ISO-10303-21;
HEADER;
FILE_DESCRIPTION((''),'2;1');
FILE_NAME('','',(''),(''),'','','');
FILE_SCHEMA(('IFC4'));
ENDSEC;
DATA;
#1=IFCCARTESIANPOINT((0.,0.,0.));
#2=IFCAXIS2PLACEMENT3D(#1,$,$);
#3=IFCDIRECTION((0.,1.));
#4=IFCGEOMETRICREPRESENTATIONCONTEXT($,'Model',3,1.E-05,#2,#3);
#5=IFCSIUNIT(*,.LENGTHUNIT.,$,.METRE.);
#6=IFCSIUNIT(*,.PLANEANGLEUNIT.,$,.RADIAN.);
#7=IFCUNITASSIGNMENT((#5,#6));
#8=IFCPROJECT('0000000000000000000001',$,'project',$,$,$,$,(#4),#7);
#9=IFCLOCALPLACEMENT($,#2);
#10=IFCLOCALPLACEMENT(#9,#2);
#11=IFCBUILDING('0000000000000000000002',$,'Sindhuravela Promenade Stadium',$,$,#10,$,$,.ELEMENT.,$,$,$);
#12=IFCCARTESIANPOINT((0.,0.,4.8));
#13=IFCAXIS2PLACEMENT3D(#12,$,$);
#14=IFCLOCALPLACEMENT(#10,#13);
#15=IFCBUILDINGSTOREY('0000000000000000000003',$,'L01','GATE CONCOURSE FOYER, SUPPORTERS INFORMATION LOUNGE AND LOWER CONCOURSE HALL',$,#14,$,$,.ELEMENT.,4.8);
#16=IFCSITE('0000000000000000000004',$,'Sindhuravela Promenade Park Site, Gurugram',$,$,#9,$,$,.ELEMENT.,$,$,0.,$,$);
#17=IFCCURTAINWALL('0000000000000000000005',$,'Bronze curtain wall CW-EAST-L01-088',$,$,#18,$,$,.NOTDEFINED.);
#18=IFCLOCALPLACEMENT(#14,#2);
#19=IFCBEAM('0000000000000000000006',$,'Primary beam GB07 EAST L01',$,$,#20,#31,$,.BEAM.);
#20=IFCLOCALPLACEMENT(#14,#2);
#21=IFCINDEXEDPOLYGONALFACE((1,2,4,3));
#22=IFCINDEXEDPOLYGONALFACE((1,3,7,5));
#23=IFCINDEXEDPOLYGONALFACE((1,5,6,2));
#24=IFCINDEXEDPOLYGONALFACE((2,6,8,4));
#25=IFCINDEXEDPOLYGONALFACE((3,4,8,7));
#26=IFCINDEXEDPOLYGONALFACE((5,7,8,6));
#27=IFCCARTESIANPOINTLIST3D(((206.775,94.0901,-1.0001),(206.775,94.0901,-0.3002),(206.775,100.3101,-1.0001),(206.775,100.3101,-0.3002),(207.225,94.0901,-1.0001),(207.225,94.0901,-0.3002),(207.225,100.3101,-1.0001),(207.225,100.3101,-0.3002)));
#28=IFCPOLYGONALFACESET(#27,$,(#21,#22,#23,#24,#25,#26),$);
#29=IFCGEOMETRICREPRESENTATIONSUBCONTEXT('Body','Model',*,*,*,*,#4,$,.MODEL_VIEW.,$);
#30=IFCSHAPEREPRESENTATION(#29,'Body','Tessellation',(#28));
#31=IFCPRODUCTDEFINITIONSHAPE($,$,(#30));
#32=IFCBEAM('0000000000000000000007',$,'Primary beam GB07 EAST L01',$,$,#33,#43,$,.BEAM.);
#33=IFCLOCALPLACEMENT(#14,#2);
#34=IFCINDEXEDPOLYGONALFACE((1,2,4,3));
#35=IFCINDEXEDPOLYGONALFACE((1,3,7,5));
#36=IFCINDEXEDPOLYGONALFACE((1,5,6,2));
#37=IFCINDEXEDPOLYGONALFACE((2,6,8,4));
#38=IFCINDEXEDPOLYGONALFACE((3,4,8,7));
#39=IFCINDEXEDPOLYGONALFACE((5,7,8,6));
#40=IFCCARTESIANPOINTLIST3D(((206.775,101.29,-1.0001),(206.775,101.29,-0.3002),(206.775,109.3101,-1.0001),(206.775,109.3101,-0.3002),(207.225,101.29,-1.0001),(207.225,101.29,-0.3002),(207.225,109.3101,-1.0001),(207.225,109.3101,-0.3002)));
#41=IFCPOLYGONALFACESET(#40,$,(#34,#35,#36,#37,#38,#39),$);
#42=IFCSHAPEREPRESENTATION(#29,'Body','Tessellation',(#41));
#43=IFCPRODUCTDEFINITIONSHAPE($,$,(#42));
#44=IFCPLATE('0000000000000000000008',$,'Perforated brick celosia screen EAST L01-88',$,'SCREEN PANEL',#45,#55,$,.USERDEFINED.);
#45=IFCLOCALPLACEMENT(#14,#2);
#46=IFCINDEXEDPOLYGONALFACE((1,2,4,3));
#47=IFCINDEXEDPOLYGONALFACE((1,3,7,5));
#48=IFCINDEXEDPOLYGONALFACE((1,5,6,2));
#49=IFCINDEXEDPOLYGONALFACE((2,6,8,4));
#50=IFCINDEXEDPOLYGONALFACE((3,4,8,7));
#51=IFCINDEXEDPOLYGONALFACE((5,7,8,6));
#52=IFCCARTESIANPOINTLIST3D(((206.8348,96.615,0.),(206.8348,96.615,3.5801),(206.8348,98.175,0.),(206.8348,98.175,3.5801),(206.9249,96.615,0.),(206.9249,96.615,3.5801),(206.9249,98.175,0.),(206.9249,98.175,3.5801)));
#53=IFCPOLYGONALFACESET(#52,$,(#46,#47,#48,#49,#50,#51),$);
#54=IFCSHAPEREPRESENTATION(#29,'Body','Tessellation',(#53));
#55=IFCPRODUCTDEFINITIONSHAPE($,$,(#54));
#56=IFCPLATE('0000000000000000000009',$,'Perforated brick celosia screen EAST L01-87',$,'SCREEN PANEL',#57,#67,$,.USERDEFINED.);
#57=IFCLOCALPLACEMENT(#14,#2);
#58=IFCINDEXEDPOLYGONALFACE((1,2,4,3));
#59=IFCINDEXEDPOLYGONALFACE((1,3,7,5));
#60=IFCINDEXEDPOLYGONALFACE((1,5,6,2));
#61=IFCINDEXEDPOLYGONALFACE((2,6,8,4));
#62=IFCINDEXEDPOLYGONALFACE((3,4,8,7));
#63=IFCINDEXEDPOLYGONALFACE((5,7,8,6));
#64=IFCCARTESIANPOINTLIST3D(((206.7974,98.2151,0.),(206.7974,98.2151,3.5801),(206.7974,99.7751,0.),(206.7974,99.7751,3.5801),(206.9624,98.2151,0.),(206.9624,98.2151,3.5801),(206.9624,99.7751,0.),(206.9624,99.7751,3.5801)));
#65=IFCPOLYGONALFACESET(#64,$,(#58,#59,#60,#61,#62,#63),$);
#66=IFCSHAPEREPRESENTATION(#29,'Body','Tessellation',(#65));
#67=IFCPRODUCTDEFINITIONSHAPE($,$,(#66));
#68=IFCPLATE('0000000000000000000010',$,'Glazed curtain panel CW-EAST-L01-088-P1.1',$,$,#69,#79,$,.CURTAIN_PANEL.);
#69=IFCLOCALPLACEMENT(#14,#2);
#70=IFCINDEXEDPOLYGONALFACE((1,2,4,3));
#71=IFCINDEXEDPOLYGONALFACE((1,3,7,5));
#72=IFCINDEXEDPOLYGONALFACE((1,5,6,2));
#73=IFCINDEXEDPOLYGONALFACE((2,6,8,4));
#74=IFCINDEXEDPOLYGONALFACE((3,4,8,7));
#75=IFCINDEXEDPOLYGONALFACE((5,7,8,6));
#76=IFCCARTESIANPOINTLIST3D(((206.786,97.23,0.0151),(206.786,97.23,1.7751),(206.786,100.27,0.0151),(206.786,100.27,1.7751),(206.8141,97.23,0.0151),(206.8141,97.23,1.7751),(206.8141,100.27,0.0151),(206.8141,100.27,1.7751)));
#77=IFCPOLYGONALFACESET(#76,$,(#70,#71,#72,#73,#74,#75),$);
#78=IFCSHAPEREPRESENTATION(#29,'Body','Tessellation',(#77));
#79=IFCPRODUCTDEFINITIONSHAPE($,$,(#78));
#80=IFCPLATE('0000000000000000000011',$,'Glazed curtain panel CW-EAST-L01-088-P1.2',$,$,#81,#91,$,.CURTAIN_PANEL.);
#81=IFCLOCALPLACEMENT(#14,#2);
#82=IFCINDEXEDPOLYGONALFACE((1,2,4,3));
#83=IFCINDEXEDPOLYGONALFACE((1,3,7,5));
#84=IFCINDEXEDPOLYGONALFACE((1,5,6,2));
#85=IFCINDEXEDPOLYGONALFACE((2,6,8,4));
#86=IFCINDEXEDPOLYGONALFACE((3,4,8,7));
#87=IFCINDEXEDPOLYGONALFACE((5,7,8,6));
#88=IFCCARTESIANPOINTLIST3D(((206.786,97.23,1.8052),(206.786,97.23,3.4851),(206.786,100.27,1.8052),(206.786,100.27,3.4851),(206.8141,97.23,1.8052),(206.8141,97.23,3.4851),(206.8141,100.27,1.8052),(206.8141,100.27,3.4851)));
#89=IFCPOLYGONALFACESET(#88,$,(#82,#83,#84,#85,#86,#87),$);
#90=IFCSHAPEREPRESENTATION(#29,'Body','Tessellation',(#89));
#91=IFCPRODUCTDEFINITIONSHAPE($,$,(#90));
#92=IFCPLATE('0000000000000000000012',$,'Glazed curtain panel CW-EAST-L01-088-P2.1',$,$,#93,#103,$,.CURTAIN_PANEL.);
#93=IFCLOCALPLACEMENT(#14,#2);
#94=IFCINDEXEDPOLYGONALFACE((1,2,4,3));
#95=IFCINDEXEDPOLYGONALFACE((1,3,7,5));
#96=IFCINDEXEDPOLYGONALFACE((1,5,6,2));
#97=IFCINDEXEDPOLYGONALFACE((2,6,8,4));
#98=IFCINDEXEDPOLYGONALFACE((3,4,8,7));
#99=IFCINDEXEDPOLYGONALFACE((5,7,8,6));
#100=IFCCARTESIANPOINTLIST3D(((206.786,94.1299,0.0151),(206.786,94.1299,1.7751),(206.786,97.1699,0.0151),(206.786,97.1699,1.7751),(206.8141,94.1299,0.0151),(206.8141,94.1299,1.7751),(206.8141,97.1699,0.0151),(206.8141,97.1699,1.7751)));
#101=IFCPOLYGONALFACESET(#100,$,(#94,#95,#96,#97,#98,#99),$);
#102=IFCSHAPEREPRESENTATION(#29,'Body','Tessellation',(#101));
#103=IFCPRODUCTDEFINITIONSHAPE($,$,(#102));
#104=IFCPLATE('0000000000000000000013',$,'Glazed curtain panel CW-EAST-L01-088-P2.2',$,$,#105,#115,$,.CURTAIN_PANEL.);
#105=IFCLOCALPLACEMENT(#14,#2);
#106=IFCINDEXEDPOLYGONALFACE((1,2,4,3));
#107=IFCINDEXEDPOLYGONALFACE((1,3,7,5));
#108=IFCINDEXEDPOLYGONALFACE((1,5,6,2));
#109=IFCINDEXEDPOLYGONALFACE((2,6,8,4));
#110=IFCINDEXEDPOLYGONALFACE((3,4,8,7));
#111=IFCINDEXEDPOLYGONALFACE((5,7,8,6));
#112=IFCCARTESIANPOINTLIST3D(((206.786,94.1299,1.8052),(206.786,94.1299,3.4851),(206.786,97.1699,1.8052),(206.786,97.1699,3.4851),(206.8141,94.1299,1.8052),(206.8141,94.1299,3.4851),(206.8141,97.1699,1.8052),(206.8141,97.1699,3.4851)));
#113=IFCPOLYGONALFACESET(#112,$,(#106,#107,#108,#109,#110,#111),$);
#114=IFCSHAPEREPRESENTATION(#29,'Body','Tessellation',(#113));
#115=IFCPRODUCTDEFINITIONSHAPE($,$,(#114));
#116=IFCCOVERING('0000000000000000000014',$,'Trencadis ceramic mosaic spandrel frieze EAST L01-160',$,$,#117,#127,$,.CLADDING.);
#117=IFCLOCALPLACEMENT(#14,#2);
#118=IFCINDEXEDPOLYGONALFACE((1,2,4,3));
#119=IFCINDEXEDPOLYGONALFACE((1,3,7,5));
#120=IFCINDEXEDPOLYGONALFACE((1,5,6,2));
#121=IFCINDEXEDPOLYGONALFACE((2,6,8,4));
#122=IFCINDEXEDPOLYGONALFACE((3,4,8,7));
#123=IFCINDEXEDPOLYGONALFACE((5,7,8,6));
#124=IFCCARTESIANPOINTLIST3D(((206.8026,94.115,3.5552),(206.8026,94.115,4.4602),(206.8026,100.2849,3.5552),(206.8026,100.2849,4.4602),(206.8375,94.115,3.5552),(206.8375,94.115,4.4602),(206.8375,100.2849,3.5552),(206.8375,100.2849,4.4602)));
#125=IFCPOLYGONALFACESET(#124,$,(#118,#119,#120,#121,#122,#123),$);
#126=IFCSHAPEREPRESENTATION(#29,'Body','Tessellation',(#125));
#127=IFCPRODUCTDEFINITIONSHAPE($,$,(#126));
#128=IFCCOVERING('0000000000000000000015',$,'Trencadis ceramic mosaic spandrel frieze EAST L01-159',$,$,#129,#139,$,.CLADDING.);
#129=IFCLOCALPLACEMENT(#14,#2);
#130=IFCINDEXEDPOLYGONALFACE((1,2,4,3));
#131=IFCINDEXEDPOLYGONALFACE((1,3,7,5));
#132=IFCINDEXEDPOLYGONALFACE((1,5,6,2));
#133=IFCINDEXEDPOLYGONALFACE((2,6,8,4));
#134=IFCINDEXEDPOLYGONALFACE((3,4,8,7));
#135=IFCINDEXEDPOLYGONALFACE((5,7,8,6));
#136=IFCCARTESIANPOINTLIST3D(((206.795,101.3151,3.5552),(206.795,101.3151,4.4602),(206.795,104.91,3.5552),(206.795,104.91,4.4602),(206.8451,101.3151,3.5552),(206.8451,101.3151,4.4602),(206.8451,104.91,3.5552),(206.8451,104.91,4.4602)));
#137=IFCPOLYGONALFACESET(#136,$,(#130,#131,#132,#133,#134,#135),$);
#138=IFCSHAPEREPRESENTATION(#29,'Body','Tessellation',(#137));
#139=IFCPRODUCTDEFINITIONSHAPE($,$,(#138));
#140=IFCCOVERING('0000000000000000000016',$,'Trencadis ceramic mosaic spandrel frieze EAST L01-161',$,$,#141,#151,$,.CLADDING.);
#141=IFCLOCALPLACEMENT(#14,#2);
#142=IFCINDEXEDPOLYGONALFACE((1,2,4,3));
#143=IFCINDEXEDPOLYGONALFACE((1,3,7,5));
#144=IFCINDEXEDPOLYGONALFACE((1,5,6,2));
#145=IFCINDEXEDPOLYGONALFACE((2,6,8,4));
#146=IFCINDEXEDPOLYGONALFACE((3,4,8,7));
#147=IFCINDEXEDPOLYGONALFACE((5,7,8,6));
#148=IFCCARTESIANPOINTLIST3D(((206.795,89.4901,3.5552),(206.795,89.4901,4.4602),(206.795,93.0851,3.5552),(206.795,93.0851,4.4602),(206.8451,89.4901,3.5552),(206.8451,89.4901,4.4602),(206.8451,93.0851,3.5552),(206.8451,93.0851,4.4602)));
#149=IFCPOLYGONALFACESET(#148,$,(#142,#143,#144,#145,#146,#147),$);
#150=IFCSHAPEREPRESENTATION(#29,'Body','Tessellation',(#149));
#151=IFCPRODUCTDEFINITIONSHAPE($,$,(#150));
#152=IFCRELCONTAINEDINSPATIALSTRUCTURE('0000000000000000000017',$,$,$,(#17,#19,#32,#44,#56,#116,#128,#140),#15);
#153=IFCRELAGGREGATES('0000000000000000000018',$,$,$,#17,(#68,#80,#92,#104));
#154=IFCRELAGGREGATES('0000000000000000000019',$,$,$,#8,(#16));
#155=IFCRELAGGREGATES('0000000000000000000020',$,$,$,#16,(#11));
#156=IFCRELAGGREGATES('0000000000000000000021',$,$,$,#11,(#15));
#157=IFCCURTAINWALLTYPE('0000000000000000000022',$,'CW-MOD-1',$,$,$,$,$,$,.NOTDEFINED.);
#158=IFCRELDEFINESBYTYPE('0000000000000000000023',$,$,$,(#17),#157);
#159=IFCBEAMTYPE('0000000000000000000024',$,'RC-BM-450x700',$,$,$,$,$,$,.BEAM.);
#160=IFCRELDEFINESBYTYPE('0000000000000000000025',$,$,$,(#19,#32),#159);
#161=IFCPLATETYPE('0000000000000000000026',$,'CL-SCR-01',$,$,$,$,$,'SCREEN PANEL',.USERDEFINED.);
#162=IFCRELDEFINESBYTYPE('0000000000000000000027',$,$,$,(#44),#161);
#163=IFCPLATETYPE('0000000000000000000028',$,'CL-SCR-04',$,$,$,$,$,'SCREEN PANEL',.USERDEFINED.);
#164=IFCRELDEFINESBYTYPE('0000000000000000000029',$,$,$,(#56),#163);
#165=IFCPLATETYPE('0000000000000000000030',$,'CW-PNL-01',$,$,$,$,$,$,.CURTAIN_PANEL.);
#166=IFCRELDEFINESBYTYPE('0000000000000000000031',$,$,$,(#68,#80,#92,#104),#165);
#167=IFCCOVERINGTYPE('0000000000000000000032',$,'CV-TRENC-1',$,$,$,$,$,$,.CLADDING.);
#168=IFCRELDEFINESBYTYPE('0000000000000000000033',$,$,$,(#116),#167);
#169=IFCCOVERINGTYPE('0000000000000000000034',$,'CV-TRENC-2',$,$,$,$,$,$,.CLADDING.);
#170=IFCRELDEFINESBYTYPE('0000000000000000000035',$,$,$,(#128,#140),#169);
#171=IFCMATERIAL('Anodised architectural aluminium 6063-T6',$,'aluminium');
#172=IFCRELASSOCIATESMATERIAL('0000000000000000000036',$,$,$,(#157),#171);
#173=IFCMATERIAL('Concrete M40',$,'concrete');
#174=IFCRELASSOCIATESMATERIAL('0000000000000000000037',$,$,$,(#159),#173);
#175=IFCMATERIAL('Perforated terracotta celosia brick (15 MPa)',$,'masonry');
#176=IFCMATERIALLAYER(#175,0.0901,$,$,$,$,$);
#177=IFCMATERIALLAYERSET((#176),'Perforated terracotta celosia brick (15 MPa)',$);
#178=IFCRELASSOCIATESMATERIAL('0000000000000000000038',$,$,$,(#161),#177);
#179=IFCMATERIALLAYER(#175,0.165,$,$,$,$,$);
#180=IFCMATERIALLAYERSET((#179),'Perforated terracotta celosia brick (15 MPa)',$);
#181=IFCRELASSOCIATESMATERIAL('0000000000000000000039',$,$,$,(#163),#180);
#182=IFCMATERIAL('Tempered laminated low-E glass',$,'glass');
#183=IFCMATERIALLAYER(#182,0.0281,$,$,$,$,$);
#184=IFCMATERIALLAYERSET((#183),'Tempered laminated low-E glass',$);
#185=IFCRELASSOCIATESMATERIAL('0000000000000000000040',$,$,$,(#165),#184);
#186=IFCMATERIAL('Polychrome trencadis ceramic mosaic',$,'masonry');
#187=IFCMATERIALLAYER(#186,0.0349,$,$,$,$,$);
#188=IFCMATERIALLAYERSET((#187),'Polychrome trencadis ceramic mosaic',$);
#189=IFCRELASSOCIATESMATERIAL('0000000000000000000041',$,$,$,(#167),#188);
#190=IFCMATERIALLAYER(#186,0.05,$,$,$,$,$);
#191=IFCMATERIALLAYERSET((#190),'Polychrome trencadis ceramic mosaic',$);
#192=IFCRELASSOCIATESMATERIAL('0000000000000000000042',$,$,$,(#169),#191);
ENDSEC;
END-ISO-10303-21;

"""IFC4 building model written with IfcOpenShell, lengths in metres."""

from ifc_helpers import new_model, si_unit, direction, frame, origin, origin_2d, place, context, subcontext, project, spatial, rectangle, extrude, material, layer, layer_set, material_profile, profile_set, type_object, element, aggregate, save


model = new_model("IFC4")

# Units and contexts
model_context = context("Model", 3, precision=1e-05, world=origin(), true_north=direction((0.0, 1.0)))
body_context = subcontext(model_context, "Body", "Model", "MODEL_VIEW")
ifc_project = project(units=[si_unit("LENGTHUNIT", "METRE"), si_unit("PLANEANGLEUNIT", "RADIAN")], contexts=[model_context])

# Site, building, storey
site_placement = place(None, origin())
site = spatial("IfcSite", under=ifc_project, at=site_placement, Name="Sindhuravela Promenade Park Site, Gurugram", CompositionType="ELEMENT", RefElevation=0.0)
building_placement = place(site_placement, origin())
building = spatial("IfcBuilding", under=site, at=building_placement, Name="Sindhuravela Promenade Stadium", CompositionType="ELEMENT")
storey_placement = place(building_placement, frame((0.0, 0.0, 4.8)))
storey = spatial("IfcBuildingStorey", under=building, at=storey_placement, Name="L01", Description="GATE CONCOURSE FOYER, SUPPORTERS INFORMATION LOUNGE AND LOWER CONCOURSE HALL", CompositionType="ELEMENT", Elevation=4.8)

# Shared definitions
ifc_material_1 = material(Name="Concrete M40", Category="concrete")

# Curtain wall
ifc_material_2 = material(Name="Anodised architectural aluminium 6063-T6", Category="aluminium")
curtain_wall_type = type_object("IfcCurtainWallType", Name="CW-MOD-1", PredefinedType="NOTDEFINED", material=ifc_material_2)
curtain_wall_placement = place(storey_placement, origin())
curtain_wall = element("IfcCurtainWall", 1, at=curtain_wall_placement, inside=storey, type_object=curtain_wall_type, Name="Bronze curtain wall CW-EAST-L01-088", PredefinedType="NOTDEFINED")

# Beams
ifc_material_profile_1 = material_profile(ifc_material_1, rectangle(XDim=0.45, YDim=0.7, at=origin_2d()), Name="RC 450x700")
ifc_profile_set_1 = profile_set([ifc_material_profile_1], Name="Concrete M40")
beam_type = type_object("IfcBeamType", Name="RC-BM-450x700", PredefinedType="BEAM", material=ifc_profile_set_1)
beam_1_placement = place(storey_placement, frame((207.0, 94.0901, -0.6501), z_axis=(0.0, 1.0, 0.0), x_axis=(-1.0, 0.0, 0.0)))
element("IfcBeam", 2, at=beam_1_placement, inside=storey, type_object=beam_type, Name="Primary beam GB07 EAST L01", PredefinedType="BEAM", context=body_context, shape_type="SweptSolid", body=[
    extrude(rectangle(XDim=0.45, YDim=0.7, at=origin_2d()), origin(), (0.0, 0.0, 1.0), 6.22),
])
beam_2_placement = place(storey_placement, frame((207.0, 101.29, -0.6501), z_axis=(0.0, 1.0, 0.0), x_axis=(-1.0, 0.0, 0.0)))
element("IfcBeam", 3, at=beam_2_placement, inside=storey, type_object=beam_type, Name="Primary beam GB07 EAST L01", PredefinedType="BEAM", context=body_context, shape_type="SweptSolid", body=[
    extrude(rectangle(XDim=0.45, YDim=0.7, at=origin_2d()), origin(), (0.0, 0.0, 1.0), 8.02),
])

# Plates
ifc_material_3 = material(Name="Perforated terracotta celosia brick (15 MPa)", Category="masonry")
ifc_layer_1 = layer(ifc_material_3, 0.0901)
ifc_layer_set_1 = layer_set([ifc_layer_1], Name="Perforated terracotta celosia brick (15 MPa)")
plate_type_1 = type_object("IfcPlateType", Name="CL-SCR-01", ElementType="SCREEN PANEL", PredefinedType="USERDEFINED", material=ifc_layer_set_1)
plate_1_placement = place(storey_placement, frame((206.8799, 97.395, 0.0), z_axis=(0.0, 0.0, 1.0), x_axis=(0.0, -1.0, 0.0)))
element("IfcPlate", 4, at=plate_1_placement, inside=storey, type_object=plate_type_1, Name="Perforated brick celosia screen EAST L01-88", ObjectType="SCREEN PANEL", PredefinedType="USERDEFINED", context=body_context, shape_type="SweptSolid", body=[
    extrude(rectangle(XDim=1.5601, YDim=0.0901, at=origin_2d()), origin(), (0.0, 0.0, 1.0), 3.5801),
])
ifc_layer_2 = layer(ifc_material_3, 0.165)
ifc_layer_set_2 = layer_set([ifc_layer_2], Name="Perforated terracotta celosia brick (15 MPa)")
plate_type_2 = type_object("IfcPlateType", Name="CL-SCR-04", ElementType="SCREEN PANEL", PredefinedType="USERDEFINED", material=ifc_layer_set_2)
plate_2_placement = place(storey_placement, frame((206.8799, 98.9951, 0.0), z_axis=(0.0, 0.0, 1.0), x_axis=(0.0, -1.0, 0.0)))
element("IfcPlate", 5, at=plate_2_placement, inside=storey, type_object=plate_type_2, Name="Perforated brick celosia screen EAST L01-87", ObjectType="SCREEN PANEL", PredefinedType="USERDEFINED", context=body_context, shape_type="SweptSolid", body=[
    extrude(rectangle(XDim=1.5601, YDim=0.165, at=origin_2d()), origin(), (0.0, 0.0, 1.0), 3.5801),
])

# Plates
ifc_material_4 = material(Name="Tempered laminated low-E glass", Category="glass")
ifc_layer_3 = layer(ifc_material_4, 0.0281)
ifc_layer_set_3 = layer_set([ifc_layer_3], Name="Tempered laminated low-E glass")
plate_type_3 = type_object("IfcPlateType", Name="CW-PNL-01", PredefinedType="CURTAIN_PANEL", material=ifc_layer_set_3)
plate_3_placement = place(storey_placement, frame((206.8, 98.75, 0.0151), z_axis=(0.0, 0.0, 1.0), x_axis=(0.0, -1.0, 0.0)))
plate_3 = element("IfcPlate", 6, at=plate_3_placement, type_object=plate_type_3, Name="Glazed curtain panel CW-EAST-L01-088-P1.1", PredefinedType="CURTAIN_PANEL", context=body_context, shape_type="SweptSolid", body=[
    extrude(rectangle(XDim=3.04, YDim=0.0281, at=origin_2d()), origin(), (0.0, 0.0, 1.0), 1.76),
])
plate_4_placement = place(storey_placement, frame((206.8, 98.75, 1.8052), z_axis=(0.0, 0.0, 1.0), x_axis=(0.0, -1.0, 0.0)))
plate_4 = element("IfcPlate", 7, at=plate_4_placement, type_object=plate_type_3, Name="Glazed curtain panel CW-EAST-L01-088-P1.2", PredefinedType="CURTAIN_PANEL", context=body_context, shape_type="SweptSolid", body=[
    extrude(rectangle(XDim=3.04, YDim=0.0281, at=origin_2d()), origin(), (0.0, 0.0, 1.0), 1.6799),
])
plate_5_placement = place(storey_placement, frame((206.8, 95.6499, 0.0151), z_axis=(0.0, 0.0, 1.0), x_axis=(0.0, -1.0, 0.0)))
plate_5 = element("IfcPlate", 8, at=plate_5_placement, type_object=plate_type_3, Name="Glazed curtain panel CW-EAST-L01-088-P2.1", PredefinedType="CURTAIN_PANEL", context=body_context, shape_type="SweptSolid", body=[
    extrude(rectangle(XDim=3.04, YDim=0.0281, at=origin_2d()), origin(), (0.0, 0.0, 1.0), 1.76),
])
plate_6_placement = place(storey_placement, frame((206.8, 95.6499, 1.8052), z_axis=(0.0, 0.0, 1.0), x_axis=(0.0, -1.0, 0.0)))
plate_6 = element("IfcPlate", 9, at=plate_6_placement, type_object=plate_type_3, Name="Glazed curtain panel CW-EAST-L01-088-P2.2", PredefinedType="CURTAIN_PANEL", context=body_context, shape_type="SweptSolid", body=[
    extrude(rectangle(XDim=3.04, YDim=0.0281, at=origin_2d()), origin(), (0.0, 0.0, 1.0), 1.6799),
])
aggregate(curtain_wall, [plate_3, plate_4, plate_5, plate_6])

# Coverings
ifc_material_5 = material(Name="Polychrome trencadis ceramic mosaic", Category="masonry")
ifc_layer_4 = layer(ifc_material_5, 0.0349)
ifc_layer_set_4 = layer_set([ifc_layer_4], Name="Polychrome trencadis ceramic mosaic")
covering_type_1 = type_object("IfcCoveringType", Name="CV-TRENC-1", PredefinedType="CLADDING", material=ifc_layer_set_4)
covering_placement = place(storey_placement, frame((206.8201, 97.2, 3.5552), z_axis=(0.0, 0.0, 1.0), x_axis=(0.0, -1.0, 0.0)))
element("IfcCovering", 10, at=covering_placement, inside=storey, type_object=covering_type_1, Name="Trencadis ceramic mosaic spandrel frieze EAST L01-160", PredefinedType="CLADDING", context=body_context, shape_type="SweptSolid", body=[
    extrude(rectangle(XDim=6.1699, YDim=0.0349, at=origin_2d()), origin(), (0.0, 0.0, 1.0), 0.905),
])
ifc_layer_5 = layer(ifc_material_5, 0.05)
ifc_layer_set_5 = layer_set([ifc_layer_5], Name="Polychrome trencadis ceramic mosaic")
covering_type_2 = type_object("IfcCoveringType", Name="CV-TRENC-2", PredefinedType="CLADDING", material=ifc_layer_set_5)
for number, where, z_axis, x_axis, name in (
    (11, (206.8201, 103.1125, 3.5552), (0.0, 0.0, 1.0), (0.0, -1.0, 0.0), "Trencadis ceramic mosaic spandrel frieze EAST L01-159"),
    (12, (206.8201, 91.2876, 3.5552), (0.0, 0.0, 1.0), (0.0, -1.0, 0.0), "Trencadis ceramic mosaic spandrel frieze EAST L01-161"),
):
    element("IfcCovering", number, at=place(storey_placement, frame(where, z_axis=z_axis, x_axis=x_axis)), inside=storey, type_object=covering_type_2, Name=name, PredefinedType="CLADDING", context=body_context, shape_type="SweptSolid", body=[
        extrude(rectangle(XDim=3.595, YDim=0.05, at=origin_2d()), origin(), (0.0, 0.0, 1.0), 0.905),
    ])

save(model, "model.ifc")
